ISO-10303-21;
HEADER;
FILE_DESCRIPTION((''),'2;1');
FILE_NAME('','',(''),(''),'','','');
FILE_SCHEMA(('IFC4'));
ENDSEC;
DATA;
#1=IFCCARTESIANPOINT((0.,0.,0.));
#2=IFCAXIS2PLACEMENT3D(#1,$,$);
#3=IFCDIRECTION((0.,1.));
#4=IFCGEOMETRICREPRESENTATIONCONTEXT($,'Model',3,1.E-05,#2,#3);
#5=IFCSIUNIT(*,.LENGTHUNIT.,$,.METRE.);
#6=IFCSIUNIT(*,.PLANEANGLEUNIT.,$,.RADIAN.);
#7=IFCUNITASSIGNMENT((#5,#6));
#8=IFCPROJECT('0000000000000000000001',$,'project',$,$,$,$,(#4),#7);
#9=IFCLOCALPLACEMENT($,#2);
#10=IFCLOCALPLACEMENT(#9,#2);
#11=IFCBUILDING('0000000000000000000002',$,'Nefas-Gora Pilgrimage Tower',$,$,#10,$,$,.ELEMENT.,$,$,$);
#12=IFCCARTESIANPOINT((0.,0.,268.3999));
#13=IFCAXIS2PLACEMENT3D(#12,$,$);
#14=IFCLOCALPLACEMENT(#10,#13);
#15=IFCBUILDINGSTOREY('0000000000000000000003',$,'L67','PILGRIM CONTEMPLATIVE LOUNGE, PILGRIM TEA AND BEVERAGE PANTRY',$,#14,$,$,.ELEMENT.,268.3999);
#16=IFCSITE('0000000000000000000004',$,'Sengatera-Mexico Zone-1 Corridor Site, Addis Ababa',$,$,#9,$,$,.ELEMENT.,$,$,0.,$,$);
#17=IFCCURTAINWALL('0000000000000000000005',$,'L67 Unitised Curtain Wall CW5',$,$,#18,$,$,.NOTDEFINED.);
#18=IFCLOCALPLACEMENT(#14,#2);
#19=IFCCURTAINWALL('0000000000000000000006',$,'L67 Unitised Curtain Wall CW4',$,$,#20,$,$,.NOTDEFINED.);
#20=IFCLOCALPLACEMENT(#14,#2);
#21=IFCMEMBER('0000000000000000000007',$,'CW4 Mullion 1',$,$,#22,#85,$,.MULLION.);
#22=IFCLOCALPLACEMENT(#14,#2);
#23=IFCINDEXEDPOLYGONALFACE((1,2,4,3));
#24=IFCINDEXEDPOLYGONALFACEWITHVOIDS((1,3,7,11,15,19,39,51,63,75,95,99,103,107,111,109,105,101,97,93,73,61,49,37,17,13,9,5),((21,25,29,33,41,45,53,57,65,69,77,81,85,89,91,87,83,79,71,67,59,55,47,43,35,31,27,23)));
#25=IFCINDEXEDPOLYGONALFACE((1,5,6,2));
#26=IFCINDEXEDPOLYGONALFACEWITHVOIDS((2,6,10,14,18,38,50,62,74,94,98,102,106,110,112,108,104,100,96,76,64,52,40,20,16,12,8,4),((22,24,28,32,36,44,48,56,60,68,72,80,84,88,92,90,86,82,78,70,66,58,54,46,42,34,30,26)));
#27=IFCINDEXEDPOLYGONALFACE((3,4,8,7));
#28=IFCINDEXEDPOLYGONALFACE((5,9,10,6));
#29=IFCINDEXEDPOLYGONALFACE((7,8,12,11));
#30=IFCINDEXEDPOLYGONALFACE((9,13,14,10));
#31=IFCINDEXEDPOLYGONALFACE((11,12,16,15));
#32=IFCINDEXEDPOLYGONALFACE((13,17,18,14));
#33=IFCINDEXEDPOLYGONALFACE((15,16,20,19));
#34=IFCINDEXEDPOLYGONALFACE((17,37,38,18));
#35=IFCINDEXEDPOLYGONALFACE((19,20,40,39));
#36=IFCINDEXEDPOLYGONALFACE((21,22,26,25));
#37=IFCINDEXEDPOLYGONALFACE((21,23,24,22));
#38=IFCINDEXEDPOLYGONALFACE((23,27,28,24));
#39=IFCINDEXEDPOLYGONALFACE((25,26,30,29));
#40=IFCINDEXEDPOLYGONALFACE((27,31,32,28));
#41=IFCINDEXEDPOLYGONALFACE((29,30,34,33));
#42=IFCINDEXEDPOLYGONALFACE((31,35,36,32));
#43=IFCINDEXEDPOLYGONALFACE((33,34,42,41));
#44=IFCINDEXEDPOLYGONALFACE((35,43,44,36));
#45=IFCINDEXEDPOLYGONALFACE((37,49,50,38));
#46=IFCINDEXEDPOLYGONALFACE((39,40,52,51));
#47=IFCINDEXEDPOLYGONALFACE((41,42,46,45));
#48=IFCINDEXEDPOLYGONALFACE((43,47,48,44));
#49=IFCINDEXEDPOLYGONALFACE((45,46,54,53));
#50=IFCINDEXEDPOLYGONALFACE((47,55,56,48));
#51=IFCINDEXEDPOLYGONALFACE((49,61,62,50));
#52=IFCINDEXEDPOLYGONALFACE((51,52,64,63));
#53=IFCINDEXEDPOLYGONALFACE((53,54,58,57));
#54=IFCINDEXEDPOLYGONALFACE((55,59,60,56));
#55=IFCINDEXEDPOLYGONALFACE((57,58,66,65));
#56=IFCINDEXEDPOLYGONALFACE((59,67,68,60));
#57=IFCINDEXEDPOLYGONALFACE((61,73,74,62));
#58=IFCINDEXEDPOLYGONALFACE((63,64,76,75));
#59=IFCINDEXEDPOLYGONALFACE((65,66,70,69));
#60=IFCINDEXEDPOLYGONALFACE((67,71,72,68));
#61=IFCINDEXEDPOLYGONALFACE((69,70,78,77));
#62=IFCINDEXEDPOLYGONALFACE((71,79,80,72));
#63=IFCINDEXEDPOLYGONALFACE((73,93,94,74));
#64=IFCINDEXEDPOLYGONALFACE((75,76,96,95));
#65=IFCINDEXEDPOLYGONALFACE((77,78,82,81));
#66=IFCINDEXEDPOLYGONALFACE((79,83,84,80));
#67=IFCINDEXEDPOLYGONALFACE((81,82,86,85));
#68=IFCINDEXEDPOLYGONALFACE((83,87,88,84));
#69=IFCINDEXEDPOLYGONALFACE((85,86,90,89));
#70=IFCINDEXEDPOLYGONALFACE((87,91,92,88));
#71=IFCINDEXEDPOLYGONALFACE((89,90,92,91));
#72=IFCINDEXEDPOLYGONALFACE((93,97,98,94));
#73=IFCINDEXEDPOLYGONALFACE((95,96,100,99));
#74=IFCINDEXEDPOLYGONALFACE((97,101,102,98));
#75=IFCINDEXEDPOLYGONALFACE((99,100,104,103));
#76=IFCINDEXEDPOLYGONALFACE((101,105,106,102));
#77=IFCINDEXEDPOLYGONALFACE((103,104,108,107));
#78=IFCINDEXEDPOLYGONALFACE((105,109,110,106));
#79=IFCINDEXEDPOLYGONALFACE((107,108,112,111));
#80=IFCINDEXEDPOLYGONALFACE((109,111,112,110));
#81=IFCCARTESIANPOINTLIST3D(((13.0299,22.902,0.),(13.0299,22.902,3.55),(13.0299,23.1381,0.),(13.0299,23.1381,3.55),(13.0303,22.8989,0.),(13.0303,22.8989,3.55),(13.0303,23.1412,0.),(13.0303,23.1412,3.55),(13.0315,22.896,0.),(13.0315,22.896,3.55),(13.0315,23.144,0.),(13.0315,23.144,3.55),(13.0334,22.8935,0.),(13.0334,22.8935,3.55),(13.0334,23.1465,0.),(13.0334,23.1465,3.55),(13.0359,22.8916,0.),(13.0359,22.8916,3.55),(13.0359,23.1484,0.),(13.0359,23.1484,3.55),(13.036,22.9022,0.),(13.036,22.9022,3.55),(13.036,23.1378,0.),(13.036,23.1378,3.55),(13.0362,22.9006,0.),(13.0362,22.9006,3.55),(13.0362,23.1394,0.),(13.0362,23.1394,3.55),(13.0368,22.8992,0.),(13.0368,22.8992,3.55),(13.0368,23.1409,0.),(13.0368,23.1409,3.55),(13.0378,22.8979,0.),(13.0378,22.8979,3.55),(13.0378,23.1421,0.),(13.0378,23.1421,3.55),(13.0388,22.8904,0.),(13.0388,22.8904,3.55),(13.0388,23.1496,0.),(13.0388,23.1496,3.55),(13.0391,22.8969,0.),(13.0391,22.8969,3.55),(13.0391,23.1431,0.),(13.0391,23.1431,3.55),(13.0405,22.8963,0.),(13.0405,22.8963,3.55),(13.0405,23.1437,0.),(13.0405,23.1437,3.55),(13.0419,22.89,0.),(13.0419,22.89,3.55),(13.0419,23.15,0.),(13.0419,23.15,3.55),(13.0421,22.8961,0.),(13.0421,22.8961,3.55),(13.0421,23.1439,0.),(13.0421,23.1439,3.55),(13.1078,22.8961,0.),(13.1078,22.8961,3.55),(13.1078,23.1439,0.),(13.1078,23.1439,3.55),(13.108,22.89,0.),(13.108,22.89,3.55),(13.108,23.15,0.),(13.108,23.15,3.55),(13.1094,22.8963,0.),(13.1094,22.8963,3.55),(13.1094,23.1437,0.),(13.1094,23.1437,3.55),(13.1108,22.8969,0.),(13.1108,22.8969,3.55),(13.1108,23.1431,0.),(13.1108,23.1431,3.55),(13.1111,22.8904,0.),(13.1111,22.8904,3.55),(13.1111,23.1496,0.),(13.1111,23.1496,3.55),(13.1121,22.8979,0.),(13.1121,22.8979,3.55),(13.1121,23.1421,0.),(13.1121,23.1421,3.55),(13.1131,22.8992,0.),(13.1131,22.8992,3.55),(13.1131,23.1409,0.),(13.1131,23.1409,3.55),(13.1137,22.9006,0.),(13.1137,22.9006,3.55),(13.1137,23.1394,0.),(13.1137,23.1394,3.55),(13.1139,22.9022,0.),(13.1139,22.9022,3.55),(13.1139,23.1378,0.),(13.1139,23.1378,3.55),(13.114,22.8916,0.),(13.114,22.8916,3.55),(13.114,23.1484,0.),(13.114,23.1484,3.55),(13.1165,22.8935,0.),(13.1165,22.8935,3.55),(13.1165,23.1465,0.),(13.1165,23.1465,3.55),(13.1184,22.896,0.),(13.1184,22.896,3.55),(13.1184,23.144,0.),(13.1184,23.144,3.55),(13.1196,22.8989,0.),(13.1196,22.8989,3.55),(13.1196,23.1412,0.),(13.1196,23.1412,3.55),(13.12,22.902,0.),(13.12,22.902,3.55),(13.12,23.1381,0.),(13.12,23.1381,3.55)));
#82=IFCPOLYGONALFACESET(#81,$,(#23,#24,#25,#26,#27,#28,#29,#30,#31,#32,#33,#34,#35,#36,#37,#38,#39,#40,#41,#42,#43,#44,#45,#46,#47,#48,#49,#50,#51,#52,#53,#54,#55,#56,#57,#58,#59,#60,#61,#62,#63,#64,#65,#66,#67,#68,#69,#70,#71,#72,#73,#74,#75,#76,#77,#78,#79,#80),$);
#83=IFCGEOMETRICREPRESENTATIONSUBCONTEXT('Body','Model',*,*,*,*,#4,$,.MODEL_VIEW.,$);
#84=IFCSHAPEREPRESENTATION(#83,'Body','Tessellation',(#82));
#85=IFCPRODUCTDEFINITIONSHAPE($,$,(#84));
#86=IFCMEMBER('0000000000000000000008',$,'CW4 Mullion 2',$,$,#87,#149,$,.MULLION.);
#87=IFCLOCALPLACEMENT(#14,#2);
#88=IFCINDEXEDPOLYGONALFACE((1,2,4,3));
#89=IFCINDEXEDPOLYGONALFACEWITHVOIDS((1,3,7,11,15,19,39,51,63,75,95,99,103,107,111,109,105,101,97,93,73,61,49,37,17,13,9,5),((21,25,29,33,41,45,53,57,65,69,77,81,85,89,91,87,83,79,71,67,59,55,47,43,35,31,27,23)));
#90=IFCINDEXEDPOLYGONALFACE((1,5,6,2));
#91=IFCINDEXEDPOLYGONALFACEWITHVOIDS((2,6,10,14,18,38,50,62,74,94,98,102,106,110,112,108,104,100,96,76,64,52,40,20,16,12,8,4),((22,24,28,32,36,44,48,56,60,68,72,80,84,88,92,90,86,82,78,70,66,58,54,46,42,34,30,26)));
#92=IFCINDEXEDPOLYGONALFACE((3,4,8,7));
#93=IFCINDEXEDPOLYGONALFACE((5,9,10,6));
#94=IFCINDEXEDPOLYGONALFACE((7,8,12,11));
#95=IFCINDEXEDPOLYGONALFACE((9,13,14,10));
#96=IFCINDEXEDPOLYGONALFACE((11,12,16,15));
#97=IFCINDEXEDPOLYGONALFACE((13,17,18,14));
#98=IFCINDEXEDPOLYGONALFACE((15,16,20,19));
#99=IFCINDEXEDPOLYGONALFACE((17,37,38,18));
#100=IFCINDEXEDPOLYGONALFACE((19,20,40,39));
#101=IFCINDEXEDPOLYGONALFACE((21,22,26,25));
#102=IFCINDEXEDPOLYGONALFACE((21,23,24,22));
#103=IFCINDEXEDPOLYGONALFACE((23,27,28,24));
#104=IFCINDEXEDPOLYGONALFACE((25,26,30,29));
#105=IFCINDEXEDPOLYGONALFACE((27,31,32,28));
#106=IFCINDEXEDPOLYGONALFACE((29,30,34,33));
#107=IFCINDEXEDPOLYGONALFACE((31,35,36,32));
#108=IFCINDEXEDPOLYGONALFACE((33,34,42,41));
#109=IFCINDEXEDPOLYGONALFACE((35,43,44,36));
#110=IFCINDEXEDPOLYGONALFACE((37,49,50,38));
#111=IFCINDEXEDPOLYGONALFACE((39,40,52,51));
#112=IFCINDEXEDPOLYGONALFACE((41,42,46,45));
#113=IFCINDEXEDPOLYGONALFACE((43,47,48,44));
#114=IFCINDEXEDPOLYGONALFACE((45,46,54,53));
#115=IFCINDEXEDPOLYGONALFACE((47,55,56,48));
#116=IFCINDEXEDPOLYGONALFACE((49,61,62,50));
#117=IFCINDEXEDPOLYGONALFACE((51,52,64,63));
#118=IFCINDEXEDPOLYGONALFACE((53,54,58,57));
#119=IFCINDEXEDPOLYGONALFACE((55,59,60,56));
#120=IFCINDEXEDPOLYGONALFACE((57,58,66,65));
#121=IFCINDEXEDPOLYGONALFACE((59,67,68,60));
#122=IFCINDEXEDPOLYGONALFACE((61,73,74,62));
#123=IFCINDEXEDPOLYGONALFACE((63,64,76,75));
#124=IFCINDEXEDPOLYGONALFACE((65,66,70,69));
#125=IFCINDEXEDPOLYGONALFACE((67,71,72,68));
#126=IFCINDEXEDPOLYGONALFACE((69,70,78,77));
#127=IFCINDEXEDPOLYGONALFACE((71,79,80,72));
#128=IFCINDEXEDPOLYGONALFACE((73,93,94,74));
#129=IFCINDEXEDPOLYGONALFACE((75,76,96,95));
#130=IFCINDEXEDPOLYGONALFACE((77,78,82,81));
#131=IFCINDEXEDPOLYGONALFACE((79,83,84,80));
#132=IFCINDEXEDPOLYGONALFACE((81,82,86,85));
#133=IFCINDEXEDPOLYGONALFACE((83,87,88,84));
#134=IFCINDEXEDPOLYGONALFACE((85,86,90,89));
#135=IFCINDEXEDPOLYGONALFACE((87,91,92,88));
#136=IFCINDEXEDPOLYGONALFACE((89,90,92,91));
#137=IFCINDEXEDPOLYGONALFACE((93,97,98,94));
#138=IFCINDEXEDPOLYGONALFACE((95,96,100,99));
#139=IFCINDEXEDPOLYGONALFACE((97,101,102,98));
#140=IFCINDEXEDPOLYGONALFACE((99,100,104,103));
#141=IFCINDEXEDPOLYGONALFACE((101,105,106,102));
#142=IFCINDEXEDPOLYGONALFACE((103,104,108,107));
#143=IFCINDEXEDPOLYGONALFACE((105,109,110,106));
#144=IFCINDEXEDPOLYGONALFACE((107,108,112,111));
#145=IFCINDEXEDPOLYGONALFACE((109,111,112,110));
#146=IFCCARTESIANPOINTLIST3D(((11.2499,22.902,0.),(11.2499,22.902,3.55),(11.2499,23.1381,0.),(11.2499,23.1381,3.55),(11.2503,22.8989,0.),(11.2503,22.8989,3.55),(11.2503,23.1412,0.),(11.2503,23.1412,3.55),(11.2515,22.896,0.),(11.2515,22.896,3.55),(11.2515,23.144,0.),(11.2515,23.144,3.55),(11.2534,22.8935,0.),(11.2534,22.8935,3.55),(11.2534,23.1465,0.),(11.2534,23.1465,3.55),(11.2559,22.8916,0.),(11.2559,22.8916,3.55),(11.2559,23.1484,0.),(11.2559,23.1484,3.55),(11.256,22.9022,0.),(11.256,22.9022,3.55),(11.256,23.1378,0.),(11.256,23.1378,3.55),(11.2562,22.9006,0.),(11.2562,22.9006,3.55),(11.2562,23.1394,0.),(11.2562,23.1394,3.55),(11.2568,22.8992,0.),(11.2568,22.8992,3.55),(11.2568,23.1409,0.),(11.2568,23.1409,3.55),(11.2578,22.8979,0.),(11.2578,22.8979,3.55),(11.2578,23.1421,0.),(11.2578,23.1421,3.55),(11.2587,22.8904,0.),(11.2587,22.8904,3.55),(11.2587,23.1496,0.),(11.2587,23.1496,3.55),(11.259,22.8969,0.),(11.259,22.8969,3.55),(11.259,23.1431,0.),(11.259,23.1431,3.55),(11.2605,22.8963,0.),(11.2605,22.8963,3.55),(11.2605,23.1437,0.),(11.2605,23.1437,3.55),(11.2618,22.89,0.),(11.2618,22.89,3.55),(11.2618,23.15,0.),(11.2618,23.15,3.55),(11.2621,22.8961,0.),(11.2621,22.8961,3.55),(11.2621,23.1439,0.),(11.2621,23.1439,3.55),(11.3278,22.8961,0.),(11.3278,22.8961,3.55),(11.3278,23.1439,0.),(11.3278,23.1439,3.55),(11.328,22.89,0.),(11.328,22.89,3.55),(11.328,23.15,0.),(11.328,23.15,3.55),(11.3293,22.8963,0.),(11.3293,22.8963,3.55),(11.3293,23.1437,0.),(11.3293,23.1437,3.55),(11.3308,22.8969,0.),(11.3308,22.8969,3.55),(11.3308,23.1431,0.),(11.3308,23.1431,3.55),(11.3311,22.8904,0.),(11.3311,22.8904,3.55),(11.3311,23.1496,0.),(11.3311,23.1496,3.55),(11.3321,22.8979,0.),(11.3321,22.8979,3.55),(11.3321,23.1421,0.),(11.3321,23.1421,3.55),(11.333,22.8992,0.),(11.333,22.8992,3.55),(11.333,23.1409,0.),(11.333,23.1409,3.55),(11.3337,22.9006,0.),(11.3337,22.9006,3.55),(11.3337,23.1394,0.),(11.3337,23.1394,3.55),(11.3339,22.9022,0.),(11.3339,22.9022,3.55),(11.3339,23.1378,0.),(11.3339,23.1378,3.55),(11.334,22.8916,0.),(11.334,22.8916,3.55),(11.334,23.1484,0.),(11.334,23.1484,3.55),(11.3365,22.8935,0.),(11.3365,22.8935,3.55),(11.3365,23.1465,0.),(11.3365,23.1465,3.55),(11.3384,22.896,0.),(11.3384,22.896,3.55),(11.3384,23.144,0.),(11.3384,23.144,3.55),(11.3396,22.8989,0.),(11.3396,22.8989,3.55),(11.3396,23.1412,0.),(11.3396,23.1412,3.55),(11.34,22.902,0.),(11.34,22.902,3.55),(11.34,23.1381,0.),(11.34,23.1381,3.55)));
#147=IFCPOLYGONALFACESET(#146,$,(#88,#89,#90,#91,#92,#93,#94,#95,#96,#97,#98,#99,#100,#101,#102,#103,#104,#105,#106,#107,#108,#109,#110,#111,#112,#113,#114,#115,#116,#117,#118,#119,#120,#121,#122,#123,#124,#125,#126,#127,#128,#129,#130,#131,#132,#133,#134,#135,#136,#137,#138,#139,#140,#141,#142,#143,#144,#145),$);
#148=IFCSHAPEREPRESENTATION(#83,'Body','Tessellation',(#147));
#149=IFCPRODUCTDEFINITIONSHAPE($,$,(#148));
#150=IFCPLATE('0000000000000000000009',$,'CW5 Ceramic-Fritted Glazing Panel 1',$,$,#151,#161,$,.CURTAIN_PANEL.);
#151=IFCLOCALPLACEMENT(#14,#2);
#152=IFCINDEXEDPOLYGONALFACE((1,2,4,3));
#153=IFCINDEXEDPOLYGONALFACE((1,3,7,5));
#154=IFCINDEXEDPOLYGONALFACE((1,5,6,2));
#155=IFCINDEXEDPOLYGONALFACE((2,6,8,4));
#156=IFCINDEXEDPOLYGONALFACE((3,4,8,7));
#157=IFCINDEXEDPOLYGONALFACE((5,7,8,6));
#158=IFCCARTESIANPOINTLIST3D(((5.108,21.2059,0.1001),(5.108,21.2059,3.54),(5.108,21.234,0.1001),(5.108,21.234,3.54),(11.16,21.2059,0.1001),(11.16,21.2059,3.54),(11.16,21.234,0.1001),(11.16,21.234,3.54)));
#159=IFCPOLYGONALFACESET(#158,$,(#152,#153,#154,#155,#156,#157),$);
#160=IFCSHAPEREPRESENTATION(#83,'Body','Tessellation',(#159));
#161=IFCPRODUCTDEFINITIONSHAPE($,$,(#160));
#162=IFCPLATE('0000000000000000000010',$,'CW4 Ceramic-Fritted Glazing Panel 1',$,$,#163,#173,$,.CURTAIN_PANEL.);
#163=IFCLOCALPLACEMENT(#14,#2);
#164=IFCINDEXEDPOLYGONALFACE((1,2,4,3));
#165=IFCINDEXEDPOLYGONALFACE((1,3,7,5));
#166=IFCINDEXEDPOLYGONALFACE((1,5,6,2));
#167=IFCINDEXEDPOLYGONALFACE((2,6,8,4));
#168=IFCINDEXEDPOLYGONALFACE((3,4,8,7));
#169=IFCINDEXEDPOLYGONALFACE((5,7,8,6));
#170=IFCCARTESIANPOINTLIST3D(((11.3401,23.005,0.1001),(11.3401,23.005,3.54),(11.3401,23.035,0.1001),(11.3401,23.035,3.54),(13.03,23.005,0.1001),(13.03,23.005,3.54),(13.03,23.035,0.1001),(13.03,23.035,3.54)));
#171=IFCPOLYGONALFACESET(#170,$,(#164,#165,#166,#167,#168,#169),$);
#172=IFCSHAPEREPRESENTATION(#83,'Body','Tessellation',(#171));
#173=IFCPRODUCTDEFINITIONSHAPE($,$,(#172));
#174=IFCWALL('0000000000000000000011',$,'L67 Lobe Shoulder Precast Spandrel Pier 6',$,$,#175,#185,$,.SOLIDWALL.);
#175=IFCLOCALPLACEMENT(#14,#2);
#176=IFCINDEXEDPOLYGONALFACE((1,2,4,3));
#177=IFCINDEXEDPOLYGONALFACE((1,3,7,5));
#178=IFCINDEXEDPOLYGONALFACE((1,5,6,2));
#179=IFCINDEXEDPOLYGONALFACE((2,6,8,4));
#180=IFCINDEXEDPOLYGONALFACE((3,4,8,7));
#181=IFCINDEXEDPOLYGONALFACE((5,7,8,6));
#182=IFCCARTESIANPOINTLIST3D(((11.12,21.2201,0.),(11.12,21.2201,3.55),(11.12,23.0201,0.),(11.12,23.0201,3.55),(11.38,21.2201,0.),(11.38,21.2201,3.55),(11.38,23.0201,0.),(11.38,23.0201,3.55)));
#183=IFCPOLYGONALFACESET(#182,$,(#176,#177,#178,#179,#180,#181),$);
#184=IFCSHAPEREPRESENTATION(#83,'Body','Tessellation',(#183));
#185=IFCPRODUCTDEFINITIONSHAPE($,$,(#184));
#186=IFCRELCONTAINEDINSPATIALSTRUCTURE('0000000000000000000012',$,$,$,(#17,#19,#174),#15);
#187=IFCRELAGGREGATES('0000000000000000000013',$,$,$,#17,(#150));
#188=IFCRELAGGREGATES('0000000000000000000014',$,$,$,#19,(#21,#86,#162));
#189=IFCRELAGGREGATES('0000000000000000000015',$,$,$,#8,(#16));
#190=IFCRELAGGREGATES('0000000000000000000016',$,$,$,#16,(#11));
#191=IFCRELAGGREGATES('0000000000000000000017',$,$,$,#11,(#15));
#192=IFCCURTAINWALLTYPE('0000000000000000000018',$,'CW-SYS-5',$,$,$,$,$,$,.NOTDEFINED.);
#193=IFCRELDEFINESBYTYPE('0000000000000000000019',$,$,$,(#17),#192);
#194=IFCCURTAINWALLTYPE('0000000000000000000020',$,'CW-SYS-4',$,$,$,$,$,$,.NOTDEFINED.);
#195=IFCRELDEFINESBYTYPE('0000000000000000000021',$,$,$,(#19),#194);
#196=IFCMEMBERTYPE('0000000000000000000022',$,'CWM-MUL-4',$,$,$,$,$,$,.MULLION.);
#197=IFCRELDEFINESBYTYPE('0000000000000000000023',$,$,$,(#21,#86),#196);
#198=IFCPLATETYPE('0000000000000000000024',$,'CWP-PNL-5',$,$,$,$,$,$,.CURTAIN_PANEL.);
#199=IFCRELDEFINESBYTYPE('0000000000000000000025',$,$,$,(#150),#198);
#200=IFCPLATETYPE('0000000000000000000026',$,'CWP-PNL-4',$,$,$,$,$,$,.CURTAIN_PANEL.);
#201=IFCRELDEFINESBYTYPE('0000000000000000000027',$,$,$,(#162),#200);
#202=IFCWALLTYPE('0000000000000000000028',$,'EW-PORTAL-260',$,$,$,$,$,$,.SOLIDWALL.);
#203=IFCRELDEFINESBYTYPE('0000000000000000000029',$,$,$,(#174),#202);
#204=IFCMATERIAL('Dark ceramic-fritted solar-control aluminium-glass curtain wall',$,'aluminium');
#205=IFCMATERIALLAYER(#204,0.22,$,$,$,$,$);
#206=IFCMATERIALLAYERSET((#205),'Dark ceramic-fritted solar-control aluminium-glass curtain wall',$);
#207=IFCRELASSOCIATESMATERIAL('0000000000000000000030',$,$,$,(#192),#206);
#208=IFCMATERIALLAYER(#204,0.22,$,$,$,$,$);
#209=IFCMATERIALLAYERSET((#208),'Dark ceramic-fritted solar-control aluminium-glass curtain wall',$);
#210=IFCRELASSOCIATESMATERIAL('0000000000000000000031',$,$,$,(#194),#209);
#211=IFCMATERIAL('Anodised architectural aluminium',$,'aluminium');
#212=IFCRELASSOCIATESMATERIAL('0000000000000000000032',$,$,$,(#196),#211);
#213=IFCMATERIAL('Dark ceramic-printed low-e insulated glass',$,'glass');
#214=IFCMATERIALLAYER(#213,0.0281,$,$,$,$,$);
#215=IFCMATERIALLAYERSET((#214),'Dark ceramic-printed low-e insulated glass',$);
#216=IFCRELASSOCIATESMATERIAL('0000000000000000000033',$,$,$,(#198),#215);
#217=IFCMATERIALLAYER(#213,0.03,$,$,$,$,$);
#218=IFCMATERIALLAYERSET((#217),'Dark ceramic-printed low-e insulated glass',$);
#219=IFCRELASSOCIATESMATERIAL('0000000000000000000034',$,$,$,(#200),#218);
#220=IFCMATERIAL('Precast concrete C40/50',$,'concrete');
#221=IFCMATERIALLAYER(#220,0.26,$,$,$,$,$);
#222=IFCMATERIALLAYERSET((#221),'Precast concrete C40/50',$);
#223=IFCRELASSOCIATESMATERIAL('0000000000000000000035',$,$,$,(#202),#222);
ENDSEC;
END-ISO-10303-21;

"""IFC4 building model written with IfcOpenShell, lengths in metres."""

from ifc_helpers import new_model, si_unit, direction, frame, frame_2d, origin, origin_2d, place, context, subcontext, project, spatial, rectangle, hollow_rectangle, extrude, source, transform, mapped, material, layer, layer_set, material_profile, profile_set, type_object, element, aggregate, save


model = new_model("IFC4")

# Units and contexts
model_context = context("Model", 3, precision=1e-05, world=origin(), true_north=direction((0.0, 1.0)))
body_context = subcontext(model_context, "Body", "Model", "MODEL_VIEW")
ifc_project = project(units=[si_unit("LENGTHUNIT", "METRE"), si_unit("PLANEANGLEUNIT", "RADIAN")], contexts=[model_context])

# Site, building, storey
site_placement = place(None, origin())
site = spatial("IfcSite", under=ifc_project, at=site_placement, Name="Sengatera-Mexico Zone-1 Corridor Site, Addis Ababa", CompositionType="ELEMENT", RefElevation=0.0)
building_placement = place(site_placement, origin())
building = spatial("IfcBuilding", under=site, at=building_placement, Name="Nefas-Gora Pilgrimage Tower", CompositionType="ELEMENT")
storey_placement = place(building_placement, frame((0.0, 0.0, 268.3999)))
storey = spatial("IfcBuildingStorey", under=building, at=storey_placement, Name="L67", Description="PILGRIM CONTEMPLATIVE LOUNGE, PILGRIM TEA AND BEVERAGE PANTRY", CompositionType="ELEMENT", Elevation=268.3999)

# Curtain wall
ifc_material_1 = material(Name="Dark ceramic-fritted solar-control aluminium-glass curtain wall", Category="aluminium")
ifc_layer_1 = layer(ifc_material_1, 0.22)
ifc_layer_set_1 = layer_set([ifc_layer_1], Name="Dark ceramic-fritted solar-control aluminium-glass curtain wall")
curtain_wall_type_1 = type_object("IfcCurtainWallType", Name="CW-SYS-5", PredefinedType="NOTDEFINED", material=ifc_layer_set_1)
curtain_wall_1_placement = place(storey_placement, origin())
curtain_wall_1 = element("IfcCurtainWall", 1, at=curtain_wall_1_placement, inside=storey, type_object=curtain_wall_type_1, Name="L67 Unitised Curtain Wall CW5", PredefinedType="NOTDEFINED")
ifc_material_2 = material(Name="Anodised architectural aluminium", Category="aluminium")

# Curtain wall
ifc_layer_2 = layer(ifc_material_1, 0.22)
ifc_layer_set_2 = layer_set([ifc_layer_2], Name="Dark ceramic-fritted solar-control aluminium-glass curtain wall")
curtain_wall_type_2 = type_object("IfcCurtainWallType", Name="CW-SYS-4", PredefinedType="NOTDEFINED", material=ifc_layer_set_2)
curtain_wall_2_placement = place(storey_placement, origin())
curtain_wall_2 = element("IfcCurtainWall", 2, at=curtain_wall_2_placement, inside=storey, type_object=curtain_wall_type_2, Name="L67 Unitised Curtain Wall CW4", PredefinedType="NOTDEFINED")
ifc_material_profile_1 = material_profile(ifc_material_2, hollow_rectangle(XDim=0.0901, YDim=0.26, WallThickness=0.0061, InnerFilletRadius=0.0061, OuterFilletRadius=0.012, at=origin_2d()), Name="ALU MULLION 90x260")
ifc_profile_set_1 = profile_set([ifc_material_profile_1], Name="Anodised architectural aluminium")
member_type_1 = type_object("IfcMemberType", Name="CWM-MUL-4", PredefinedType="MULLION", material=ifc_profile_set_1)
shared_shape_1 = source(origin(), body_context, "Body", "SweptSolid", [
    extrude(hollow_rectangle(XDim=0.0901, YDim=0.26, WallThickness=0.0061, InnerFilletRadius=0.0061, OuterFilletRadius=0.012, at=origin_2d()), origin(), (0.0, 0.0, 1.0), 3.55),
])

# Members
member_1_placement = place(storey_placement, frame((13.075, 23.02, 0.0), z_axis=(0.0, 0.0, 1.0), x_axis=(-1.0, 0.0, 0.0)))
member_1 = element("IfcMember", 3, at=member_1_placement, type_object=member_type_1, Name="CW4 Mullion 1", PredefinedType="MULLION", context=body_context, shape_type="MappedRepresentation", body=[
    mapped(shared_shape_1, transform((0.0, 0.0, 0.0), x_axis=(1.0, 0.0, 0.0), y_axis=(0.0, 1.0, 0.0), z_axis=(0.0, 0.0, 1.0), scale=1.0)),
])
member_2_placement = place(storey_placement, frame((11.2949, 23.02, 0.0), z_axis=(0.0, 0.0, 1.0), x_axis=(-1.0, 0.0, 0.0)))
member_2 = element("IfcMember", 4, at=member_2_placement, type_object=member_type_1, Name="CW4 Mullion 2", PredefinedType="MULLION", context=body_context, shape_type="MappedRepresentation", body=[
    mapped(shared_shape_1, transform((0.0, 0.0, 0.0), x_axis=(1.0, 0.0, 0.0), y_axis=(0.0, 1.0, 0.0), z_axis=(0.0, 0.0, 1.0), scale=1.0)),
])

# Plates
ifc_material_3 = material(Name="Dark ceramic-printed low-e insulated glass", Category="glass")
ifc_layer_3 = layer(ifc_material_3, 0.0281)
ifc_layer_set_3 = layer_set([ifc_layer_3], Name="Dark ceramic-printed low-e insulated glass")
plate_type_1 = type_object("IfcPlateType", Name="CWP-PNL-5", PredefinedType="CURTAIN_PANEL", material=ifc_layer_set_3)
shared_shape_2 = source(origin(), body_context, "Body", "SweptSolid", [
    extrude(rectangle(XDim=6.052, YDim=0.0281, at=origin_2d()), origin(), (0.0, 0.0, 1.0), 3.4399),
])
plate_1_placement = place(storey_placement, frame((8.134, 21.22, 0.1001), z_axis=(0.0, 0.0, 1.0), x_axis=(-1.0, 0.0, 0.0)))
plate_1 = element("IfcPlate", 5, at=plate_1_placement, type_object=plate_type_1, Name="CW5 Ceramic-Fritted Glazing Panel 1", PredefinedType="CURTAIN_PANEL", context=body_context, shape_type="MappedRepresentation", body=[
    mapped(shared_shape_2, transform((0.0, 0.0, 0.0), x_axis=(1.0, 0.0, 0.0), y_axis=(0.0, 1.0, 0.0), z_axis=(0.0, 0.0, 1.0), scale=1.0)),
])
aggregate(curtain_wall_1, [plate_1])
ifc_layer_4 = layer(ifc_material_3, 0.03)
ifc_layer_set_4 = layer_set([ifc_layer_4], Name="Dark ceramic-printed low-e insulated glass")
plate_type_2 = type_object("IfcPlateType", Name="CWP-PNL-4", PredefinedType="CURTAIN_PANEL", material=ifc_layer_set_4)
shared_shape_3 = source(origin(), body_context, "Body", "SweptSolid", [
    extrude(rectangle(XDim=1.6899, YDim=0.03, at=origin_2d()), origin(), (0.0, 0.0, 1.0), 3.4399),
])
plate_2_placement = place(storey_placement, frame((12.1851, 23.02, 0.1001), z_axis=(0.0, 0.0, 1.0), x_axis=(-1.0, 0.0, 0.0)))
plate_2 = element("IfcPlate", 6, at=plate_2_placement, type_object=plate_type_2, Name="CW4 Ceramic-Fritted Glazing Panel 1", PredefinedType="CURTAIN_PANEL", context=body_context, shape_type="MappedRepresentation", body=[
    mapped(shared_shape_3, transform((0.0, 0.0, 0.0), x_axis=(1.0, 0.0, 0.0), y_axis=(0.0, 1.0, 0.0), z_axis=(0.0, 0.0, 1.0), scale=1.0)),
])
aggregate(curtain_wall_2, [member_1, member_2, plate_2])

# Wall
ifc_material_4 = material(Name="Precast concrete C40/50", Category="concrete")
ifc_layer_5 = layer(ifc_material_4, 0.26)
ifc_layer_set_5 = layer_set([ifc_layer_5], Name="Precast concrete C40/50")
wall_type_1 = type_object("IfcWallType", Name="EW-PORTAL-260", PredefinedType="SOLIDWALL", material=ifc_layer_set_5)
shared_shape_4 = source(origin(), body_context, "Body", "SweptSolid", [
    extrude(rectangle(XDim=1.8, YDim=0.26, at=frame_2d((0.8999, 0.0))), origin(), (0.0, 0.0, 1.0), 3.55),
])
wall_1_placement = place(storey_placement, frame((11.25, 23.02, 0.0), z_axis=(0.0, 0.0, 1.0), x_axis=(0.0, -1.0, 0.0)))
element("IfcWall", 7, at=wall_1_placement, inside=storey, type_object=wall_type_1, Name="L67 Lobe Shoulder Precast Spandrel Pier 6", PredefinedType="SOLIDWALL", context=body_context, shape_type="MappedRepresentation", body=[
    mapped(shared_shape_4, transform((0.0, 0.0, 0.0), x_axis=(1.0, 0.0, 0.0), y_axis=(0.0, 1.0, 0.0), z_axis=(0.0, 0.0, 1.0), scale=1.0)),
])

save(model, "model.ifc")
